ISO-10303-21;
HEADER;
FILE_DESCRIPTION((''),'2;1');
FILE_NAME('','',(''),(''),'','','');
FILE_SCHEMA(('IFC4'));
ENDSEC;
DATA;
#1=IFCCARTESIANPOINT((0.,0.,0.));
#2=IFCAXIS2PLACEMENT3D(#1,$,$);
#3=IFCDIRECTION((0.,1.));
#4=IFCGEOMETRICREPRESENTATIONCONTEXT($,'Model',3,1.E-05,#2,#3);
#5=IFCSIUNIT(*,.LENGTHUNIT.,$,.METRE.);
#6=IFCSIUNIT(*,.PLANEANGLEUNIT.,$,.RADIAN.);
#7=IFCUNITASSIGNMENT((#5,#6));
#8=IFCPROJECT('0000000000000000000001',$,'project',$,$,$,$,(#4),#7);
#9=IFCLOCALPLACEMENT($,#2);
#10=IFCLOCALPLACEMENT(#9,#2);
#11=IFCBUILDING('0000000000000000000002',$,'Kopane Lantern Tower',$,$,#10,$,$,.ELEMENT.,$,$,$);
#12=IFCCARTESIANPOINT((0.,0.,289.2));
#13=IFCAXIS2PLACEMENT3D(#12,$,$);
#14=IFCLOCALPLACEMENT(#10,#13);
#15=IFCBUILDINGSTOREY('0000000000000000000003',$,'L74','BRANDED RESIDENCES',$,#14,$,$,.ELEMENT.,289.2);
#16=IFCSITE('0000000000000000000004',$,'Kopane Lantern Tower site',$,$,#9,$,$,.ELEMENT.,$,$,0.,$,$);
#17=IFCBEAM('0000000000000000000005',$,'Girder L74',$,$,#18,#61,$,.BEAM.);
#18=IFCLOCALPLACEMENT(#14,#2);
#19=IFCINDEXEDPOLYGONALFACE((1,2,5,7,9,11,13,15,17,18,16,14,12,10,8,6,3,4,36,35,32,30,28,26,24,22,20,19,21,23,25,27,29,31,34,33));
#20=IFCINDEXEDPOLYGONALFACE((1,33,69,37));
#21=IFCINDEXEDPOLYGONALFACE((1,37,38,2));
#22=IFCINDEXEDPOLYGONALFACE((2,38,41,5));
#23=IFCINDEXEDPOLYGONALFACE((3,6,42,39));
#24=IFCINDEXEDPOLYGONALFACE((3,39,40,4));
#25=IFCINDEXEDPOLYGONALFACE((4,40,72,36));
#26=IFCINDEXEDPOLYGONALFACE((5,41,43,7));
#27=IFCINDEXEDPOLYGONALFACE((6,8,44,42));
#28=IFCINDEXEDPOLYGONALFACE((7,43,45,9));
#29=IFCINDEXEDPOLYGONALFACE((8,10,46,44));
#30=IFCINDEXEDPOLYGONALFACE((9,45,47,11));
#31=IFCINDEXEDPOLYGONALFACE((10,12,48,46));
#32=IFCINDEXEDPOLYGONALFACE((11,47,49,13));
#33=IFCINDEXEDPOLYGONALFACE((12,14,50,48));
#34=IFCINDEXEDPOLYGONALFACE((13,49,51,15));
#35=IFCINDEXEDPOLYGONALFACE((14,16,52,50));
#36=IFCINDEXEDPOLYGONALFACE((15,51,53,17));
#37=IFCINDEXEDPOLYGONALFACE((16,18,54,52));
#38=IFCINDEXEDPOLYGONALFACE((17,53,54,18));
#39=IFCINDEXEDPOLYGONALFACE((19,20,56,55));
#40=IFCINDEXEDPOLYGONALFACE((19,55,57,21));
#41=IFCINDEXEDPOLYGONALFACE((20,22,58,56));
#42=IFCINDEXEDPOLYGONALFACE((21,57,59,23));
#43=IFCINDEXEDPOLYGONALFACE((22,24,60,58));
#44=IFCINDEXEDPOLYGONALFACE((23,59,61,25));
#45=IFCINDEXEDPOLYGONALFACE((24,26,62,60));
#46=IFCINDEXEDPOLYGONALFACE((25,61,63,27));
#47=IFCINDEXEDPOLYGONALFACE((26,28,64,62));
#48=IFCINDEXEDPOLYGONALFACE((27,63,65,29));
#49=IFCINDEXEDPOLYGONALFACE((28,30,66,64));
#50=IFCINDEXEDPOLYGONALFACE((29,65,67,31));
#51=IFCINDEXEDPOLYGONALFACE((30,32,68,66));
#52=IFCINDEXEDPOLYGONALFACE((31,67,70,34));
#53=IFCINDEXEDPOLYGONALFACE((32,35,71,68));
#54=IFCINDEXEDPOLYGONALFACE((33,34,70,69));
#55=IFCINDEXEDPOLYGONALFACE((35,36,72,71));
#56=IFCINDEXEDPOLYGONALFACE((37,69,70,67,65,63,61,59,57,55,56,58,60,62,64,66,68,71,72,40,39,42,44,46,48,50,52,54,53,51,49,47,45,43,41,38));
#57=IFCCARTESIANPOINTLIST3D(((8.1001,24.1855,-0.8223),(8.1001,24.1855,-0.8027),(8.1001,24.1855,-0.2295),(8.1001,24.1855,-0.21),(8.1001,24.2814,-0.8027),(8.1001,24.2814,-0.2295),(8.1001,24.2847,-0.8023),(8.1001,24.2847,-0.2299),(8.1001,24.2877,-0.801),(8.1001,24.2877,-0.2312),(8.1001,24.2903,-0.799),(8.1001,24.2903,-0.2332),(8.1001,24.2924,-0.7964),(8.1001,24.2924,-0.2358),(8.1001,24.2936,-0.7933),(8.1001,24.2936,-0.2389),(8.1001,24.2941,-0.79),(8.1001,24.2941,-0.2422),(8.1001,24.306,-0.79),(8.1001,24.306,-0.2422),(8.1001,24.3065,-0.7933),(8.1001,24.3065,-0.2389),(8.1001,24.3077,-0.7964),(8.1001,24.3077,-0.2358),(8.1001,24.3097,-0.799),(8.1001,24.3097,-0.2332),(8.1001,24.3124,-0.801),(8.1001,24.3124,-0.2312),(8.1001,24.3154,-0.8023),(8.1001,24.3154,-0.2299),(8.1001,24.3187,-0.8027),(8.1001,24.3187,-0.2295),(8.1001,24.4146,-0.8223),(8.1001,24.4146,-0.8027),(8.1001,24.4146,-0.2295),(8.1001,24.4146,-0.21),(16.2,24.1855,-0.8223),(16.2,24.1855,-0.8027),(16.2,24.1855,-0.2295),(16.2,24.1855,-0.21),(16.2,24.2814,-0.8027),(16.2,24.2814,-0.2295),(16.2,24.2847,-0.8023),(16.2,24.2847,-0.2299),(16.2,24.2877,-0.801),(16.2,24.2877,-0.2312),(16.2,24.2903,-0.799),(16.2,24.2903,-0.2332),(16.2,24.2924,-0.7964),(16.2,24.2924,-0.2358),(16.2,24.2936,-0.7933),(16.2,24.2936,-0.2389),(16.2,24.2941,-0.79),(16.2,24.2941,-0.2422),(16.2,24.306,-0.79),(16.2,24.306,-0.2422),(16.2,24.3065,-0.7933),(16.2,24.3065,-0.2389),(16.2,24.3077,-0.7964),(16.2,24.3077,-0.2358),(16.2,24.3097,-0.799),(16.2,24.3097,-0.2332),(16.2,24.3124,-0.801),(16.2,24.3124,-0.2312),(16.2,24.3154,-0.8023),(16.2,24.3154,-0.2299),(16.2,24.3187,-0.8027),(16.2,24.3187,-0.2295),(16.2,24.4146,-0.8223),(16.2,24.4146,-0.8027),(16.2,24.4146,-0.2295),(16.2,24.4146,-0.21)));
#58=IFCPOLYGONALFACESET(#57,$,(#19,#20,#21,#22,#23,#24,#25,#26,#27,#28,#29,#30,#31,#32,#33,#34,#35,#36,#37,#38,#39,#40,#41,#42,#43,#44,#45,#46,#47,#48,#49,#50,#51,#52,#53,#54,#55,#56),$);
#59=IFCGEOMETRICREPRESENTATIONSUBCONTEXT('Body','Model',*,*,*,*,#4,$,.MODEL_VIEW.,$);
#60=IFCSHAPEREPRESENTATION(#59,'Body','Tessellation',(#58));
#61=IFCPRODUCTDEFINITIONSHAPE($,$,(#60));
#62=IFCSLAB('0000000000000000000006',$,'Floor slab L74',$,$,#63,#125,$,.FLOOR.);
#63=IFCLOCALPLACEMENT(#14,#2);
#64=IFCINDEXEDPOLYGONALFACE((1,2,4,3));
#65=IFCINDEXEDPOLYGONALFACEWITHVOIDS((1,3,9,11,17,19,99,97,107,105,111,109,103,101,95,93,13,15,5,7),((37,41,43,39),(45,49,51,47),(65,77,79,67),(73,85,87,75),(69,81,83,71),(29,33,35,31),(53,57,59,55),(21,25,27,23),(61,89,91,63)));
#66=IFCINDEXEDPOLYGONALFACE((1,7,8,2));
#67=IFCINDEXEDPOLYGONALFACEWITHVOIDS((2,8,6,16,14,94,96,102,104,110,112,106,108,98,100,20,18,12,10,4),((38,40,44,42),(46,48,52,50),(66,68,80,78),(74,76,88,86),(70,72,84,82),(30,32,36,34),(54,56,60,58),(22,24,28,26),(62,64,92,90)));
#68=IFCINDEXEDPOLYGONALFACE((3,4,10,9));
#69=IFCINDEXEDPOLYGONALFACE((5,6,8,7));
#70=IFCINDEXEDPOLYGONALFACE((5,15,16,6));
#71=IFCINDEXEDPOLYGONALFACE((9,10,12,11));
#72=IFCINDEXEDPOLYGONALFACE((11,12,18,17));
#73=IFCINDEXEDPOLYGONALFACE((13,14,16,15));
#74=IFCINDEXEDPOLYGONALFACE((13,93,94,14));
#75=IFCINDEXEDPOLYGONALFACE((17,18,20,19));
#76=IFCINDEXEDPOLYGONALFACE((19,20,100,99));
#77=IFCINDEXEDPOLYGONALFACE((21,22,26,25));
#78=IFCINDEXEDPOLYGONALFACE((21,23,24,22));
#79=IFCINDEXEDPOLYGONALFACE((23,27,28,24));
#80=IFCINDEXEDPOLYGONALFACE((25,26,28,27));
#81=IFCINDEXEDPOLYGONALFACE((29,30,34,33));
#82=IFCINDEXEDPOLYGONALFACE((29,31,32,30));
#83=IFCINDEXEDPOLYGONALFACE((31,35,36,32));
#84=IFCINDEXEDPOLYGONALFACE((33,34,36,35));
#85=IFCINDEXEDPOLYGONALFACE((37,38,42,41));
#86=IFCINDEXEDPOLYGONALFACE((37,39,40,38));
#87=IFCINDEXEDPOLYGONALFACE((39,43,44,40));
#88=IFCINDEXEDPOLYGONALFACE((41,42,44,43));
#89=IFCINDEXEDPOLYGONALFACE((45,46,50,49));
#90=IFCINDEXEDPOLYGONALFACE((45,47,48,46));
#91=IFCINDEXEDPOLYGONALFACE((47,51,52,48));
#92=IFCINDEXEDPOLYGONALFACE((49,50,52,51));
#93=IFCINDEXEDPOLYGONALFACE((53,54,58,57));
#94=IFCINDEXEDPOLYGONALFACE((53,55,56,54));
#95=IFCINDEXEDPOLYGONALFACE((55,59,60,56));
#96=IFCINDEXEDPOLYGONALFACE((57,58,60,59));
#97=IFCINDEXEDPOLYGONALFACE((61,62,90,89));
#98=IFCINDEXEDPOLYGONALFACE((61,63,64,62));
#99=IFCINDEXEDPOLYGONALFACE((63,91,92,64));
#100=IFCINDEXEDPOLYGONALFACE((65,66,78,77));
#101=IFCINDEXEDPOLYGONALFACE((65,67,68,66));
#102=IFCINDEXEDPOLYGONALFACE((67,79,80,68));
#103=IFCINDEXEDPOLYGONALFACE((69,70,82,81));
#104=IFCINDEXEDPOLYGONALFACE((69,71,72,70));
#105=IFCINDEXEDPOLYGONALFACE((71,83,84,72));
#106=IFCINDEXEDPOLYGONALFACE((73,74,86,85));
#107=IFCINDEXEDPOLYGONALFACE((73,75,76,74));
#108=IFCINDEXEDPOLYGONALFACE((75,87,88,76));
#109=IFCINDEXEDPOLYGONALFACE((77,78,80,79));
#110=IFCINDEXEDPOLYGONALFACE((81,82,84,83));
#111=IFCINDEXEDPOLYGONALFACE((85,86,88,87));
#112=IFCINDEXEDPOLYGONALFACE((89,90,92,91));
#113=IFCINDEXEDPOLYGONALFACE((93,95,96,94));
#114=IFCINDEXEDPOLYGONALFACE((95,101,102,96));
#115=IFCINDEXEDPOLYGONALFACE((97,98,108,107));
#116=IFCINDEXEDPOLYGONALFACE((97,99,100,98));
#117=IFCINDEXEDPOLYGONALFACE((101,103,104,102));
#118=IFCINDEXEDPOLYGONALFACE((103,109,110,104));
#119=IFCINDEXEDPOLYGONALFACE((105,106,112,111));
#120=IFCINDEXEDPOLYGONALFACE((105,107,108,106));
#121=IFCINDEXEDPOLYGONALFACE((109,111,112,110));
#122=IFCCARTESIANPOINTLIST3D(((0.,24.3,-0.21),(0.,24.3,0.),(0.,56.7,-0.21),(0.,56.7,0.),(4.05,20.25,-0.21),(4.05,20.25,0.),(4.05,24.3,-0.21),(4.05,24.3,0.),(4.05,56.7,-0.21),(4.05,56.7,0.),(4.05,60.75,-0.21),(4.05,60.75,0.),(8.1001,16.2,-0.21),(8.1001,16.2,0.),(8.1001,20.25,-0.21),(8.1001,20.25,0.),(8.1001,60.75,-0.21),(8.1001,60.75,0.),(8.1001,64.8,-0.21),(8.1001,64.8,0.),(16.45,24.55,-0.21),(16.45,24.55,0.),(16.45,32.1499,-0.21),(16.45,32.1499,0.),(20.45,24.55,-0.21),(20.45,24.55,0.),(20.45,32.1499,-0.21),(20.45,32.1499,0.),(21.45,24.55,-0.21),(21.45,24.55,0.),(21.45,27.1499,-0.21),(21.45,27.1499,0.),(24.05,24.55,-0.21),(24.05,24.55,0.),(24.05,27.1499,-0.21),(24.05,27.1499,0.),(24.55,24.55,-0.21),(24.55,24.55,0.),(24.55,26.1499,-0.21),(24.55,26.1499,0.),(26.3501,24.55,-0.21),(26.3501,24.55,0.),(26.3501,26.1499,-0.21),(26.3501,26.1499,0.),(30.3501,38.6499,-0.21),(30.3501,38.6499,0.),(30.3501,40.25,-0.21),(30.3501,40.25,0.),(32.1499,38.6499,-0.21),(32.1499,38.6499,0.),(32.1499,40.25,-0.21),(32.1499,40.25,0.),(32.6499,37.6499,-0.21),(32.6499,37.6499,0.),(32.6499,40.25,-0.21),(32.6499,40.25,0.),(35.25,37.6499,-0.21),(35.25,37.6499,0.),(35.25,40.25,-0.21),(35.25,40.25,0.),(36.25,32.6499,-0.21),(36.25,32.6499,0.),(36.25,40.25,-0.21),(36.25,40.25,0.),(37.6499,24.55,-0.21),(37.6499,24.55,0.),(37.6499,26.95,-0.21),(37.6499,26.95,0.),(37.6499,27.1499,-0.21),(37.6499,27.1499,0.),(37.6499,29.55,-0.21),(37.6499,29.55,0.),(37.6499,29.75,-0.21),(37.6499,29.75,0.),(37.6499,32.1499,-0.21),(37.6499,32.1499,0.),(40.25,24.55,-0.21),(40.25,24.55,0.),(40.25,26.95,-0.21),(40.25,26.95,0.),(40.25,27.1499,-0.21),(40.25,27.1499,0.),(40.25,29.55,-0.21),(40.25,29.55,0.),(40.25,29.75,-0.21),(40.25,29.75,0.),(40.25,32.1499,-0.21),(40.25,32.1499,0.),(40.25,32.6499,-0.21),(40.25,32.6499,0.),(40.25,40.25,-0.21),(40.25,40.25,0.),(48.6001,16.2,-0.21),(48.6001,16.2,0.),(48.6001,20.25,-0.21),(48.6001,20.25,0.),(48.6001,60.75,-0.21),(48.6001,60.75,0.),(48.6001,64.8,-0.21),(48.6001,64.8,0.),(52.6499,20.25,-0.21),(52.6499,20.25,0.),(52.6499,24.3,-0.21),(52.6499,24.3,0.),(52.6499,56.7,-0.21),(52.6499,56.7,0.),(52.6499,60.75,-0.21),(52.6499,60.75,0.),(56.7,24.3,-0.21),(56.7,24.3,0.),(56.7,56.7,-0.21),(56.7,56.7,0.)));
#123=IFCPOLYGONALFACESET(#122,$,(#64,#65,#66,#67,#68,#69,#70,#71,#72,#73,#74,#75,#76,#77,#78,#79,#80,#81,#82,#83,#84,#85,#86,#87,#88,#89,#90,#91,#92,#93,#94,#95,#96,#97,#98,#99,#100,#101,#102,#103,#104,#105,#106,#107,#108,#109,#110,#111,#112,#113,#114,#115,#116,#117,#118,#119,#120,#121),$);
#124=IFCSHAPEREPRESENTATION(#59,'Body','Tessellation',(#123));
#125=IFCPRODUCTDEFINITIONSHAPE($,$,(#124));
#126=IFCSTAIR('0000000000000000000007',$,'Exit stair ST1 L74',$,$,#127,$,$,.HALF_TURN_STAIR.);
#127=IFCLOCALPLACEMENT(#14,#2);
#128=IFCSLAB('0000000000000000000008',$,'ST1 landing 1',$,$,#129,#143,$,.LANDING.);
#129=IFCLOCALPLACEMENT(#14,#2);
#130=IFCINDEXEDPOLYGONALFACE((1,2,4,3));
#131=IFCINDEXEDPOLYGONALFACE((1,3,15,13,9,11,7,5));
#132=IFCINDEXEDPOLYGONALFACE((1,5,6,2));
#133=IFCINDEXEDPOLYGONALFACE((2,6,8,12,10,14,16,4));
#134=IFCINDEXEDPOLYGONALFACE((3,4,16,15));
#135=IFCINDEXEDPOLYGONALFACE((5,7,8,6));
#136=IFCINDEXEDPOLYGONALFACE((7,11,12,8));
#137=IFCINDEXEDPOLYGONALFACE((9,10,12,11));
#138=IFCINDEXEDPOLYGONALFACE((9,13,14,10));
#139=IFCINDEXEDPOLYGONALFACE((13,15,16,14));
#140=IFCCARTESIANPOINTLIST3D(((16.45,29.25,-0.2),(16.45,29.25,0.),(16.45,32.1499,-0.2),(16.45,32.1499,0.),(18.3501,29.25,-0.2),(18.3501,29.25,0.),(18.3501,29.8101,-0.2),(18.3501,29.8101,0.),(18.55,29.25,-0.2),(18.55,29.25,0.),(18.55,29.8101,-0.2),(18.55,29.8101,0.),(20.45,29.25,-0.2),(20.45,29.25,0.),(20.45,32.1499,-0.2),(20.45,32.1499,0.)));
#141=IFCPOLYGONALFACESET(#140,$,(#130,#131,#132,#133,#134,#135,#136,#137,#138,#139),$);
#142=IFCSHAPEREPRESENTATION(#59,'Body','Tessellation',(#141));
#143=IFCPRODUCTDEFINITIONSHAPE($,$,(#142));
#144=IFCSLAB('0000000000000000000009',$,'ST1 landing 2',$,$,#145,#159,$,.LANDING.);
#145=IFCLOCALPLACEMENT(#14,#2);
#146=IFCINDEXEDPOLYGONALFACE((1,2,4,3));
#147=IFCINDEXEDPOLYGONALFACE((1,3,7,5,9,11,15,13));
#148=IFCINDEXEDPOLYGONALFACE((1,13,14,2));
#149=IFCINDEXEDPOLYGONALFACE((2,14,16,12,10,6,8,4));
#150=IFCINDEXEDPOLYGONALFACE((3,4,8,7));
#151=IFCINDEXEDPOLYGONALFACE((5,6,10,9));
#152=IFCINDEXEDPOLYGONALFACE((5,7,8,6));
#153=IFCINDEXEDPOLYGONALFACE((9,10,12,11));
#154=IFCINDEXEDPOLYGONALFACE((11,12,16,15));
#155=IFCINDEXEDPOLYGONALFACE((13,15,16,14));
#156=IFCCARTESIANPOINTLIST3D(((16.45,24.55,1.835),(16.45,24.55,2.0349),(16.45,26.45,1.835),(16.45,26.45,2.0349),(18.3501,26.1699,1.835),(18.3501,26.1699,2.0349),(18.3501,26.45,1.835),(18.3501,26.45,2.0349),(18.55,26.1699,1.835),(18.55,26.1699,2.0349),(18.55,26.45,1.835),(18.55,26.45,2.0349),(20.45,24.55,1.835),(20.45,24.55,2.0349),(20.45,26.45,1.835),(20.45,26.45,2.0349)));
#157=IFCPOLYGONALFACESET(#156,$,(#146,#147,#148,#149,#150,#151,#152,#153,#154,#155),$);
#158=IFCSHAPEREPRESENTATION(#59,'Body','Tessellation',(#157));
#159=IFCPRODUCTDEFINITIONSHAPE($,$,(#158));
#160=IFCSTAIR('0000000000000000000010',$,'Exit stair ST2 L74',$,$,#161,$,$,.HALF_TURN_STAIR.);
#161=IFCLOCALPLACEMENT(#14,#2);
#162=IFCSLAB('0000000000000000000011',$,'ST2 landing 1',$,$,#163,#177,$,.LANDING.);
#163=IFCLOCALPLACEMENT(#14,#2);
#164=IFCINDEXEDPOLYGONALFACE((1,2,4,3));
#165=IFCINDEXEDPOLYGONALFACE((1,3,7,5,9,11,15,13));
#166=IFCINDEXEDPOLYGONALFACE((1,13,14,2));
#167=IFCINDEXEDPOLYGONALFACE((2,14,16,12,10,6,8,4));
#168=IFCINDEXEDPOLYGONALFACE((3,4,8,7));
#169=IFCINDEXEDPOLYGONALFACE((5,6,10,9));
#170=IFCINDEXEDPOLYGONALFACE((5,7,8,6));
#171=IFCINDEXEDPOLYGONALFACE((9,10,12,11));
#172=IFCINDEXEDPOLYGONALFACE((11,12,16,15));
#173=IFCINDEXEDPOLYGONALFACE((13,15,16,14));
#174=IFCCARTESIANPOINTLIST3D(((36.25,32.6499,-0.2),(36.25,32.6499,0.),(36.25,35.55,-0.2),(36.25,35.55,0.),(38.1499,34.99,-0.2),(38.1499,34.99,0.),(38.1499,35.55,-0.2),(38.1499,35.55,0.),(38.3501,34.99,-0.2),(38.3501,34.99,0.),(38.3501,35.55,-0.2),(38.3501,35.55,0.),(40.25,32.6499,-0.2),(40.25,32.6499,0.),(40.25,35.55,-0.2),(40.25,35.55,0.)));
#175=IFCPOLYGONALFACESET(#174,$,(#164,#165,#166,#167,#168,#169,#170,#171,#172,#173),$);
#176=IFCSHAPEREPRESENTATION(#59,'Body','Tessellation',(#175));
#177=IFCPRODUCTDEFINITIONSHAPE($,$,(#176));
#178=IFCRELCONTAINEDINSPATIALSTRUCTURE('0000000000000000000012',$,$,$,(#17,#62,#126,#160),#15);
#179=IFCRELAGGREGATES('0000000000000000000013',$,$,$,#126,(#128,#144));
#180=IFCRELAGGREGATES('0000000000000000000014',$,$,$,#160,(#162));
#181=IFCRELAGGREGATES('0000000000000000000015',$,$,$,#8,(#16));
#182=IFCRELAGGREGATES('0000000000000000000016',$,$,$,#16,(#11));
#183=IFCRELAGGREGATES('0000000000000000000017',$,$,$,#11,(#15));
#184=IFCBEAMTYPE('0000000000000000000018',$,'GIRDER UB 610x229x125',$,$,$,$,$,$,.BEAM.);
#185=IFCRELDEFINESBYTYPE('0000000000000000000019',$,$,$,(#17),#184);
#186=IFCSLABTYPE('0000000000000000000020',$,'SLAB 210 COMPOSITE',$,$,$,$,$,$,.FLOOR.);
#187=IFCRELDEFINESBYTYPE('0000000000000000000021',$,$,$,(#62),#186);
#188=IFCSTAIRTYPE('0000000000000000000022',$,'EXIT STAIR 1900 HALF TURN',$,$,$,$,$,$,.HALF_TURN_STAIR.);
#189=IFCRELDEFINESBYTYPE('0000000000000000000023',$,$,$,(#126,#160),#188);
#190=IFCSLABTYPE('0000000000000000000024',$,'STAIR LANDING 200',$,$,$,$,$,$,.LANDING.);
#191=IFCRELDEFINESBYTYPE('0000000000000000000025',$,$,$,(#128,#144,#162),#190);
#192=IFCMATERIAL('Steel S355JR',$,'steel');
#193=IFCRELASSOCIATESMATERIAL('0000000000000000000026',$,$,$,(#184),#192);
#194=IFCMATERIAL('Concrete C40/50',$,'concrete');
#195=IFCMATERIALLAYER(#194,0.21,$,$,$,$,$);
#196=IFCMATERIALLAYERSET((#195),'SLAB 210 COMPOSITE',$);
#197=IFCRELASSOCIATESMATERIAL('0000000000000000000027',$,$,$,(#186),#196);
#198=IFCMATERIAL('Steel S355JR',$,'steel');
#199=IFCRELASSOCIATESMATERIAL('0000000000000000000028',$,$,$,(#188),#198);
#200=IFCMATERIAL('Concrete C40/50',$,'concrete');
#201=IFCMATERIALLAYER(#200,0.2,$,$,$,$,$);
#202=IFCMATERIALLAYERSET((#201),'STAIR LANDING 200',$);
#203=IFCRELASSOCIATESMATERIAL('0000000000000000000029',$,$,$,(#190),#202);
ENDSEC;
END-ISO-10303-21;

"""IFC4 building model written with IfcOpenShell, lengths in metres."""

from ifc_helpers import new_model, si_unit, direction, frame, origin, origin_2d, place, context, subcontext, project, spatial, polyline, i_section, outline, extrude, material, layer, layer_set, material_profile, profile_set, type_object, element, aggregate, save


model = new_model("IFC4")

# Units and contexts
model_context = context("Model", 3, precision=1e-05, world=origin(), true_north=direction((0.0, 1.0)))
body_context = subcontext(model_context, "Body", "Model", "MODEL_VIEW")
ifc_project = project(units=[si_unit("LENGTHUNIT", "METRE"), si_unit("PLANEANGLEUNIT", "RADIAN")], contexts=[model_context])

# Site, building, storey
site_placement = place(None, origin())
site = spatial("IfcSite", under=ifc_project, at=site_placement, Name="Kopane Lantern Tower site", CompositionType="ELEMENT", RefElevation=0.0)
building_placement = place(site_placement, origin())
building = spatial("IfcBuilding", under=site, at=building_placement, Name="Kopane Lantern Tower", CompositionType="ELEMENT")
storey_placement = place(building_placement, frame((0.0, 0.0, 289.2)))
storey = spatial("IfcBuildingStorey", under=building, at=storey_placement, Name="L74", Description="BRANDED RESIDENCES", CompositionType="ELEMENT", Elevation=289.2)

# Beam
ifc_material_1 = material(Name="Steel S355JR", Category="steel")
ifc_material_profile_1 = material_profile(ifc_material_1, i_section(OverallWidth=0.229, OverallDepth=0.6123, WebThickness=0.012, FlangeThickness=0.0195, FilletRadius=0.0127, at=origin_2d()), Name="UB 610x229x125")
ifc_profile_set_1 = profile_set([ifc_material_profile_1], Name="Steel S355JR")
beam_type_1 = type_object("IfcBeamType", Name="GIRDER UB 610x229x125", PredefinedType="BEAM", material=ifc_profile_set_1)
for number, where, z_axis, x_axis, name in (
    (1, (8.1001, 24.3, -0.5161), (1.0, 0.0, 0.0), (0.0, 1.0, 0.0), "Girder L74"),
):
    element("IfcBeam", number, at=place(storey_placement, frame(where, z_axis=z_axis, x_axis=x_axis)), inside=storey, type_object=beam_type_1, Name=name, PredefinedType="BEAM", context=body_context, shape_type="SweptSolid", body=[
        extrude(i_section(OverallWidth=0.229, OverallDepth=0.6123, WebThickness=0.012, FlangeThickness=0.0195, FilletRadius=0.0127, at=origin_2d()), origin(), (0.0, 0.0, 1.0), 8.0999),
    ])

# Slab
ifc_material_2 = material(Name="Concrete C40/50", Category="concrete")
ifc_layer_1 = layer(ifc_material_2, 0.21)
ifc_layer_set_1 = layer_set([ifc_layer_1], Name="SLAB 210 COMPOSITE")
slab_type_1 = type_object("IfcSlabType", Name="SLAB 210 COMPOSITE", PredefinedType="FLOOR", material=ifc_layer_set_1)
slab_1_placement = place(storey_placement, frame((0.0, 0.0, -0.21)))
element("IfcSlab", 2, at=slab_1_placement, inside=storey, type_object=slab_type_1, Name="Floor slab L74", PredefinedType="FLOOR", context=body_context, shape_type="SweptSolid", body=[
    extrude(outline(polyline([(8.1001, 16.2), (48.6001, 16.2), (48.6001, 20.25), (52.6499, 20.25), (52.6499, 24.3), (56.7, 24.3), (56.7, 56.7), (52.6499, 56.7), (52.6499, 60.75), (48.6001, 60.75), (48.6001, 64.8), (8.1001, 64.8), (8.1001, 60.75), (4.05, 60.75), (4.05, 56.7), (0.0, 56.7), (0.0, 24.3), (4.05, 24.3), (4.05, 20.25), (8.1001, 20.25), (8.1001, 16.2)]), holes=[polyline([(16.45, 24.55), (20.45, 24.55), (20.45, 32.1499), (16.45, 32.1499), (16.45, 24.55)]), polyline([(36.25, 32.6499), (40.25, 32.6499), (40.25, 40.25), (36.25, 40.25), (36.25, 32.6499)]), polyline([(37.6499, 24.55), (40.25, 24.55), (40.25, 26.95), (37.6499, 26.95), (37.6499, 24.55)]), polyline([(37.6499, 27.1499), (40.25, 27.1499), (40.25, 29.55), (37.6499, 29.55), (37.6499, 27.1499)]), polyline([(37.6499, 29.75), (40.25, 29.75), (40.25, 32.1499), (37.6499, 32.1499), (37.6499, 29.75)]), polyline([(21.45, 24.55), (24.05, 24.55), (24.05, 27.1499), (21.45, 27.1499), (21.45, 24.55)]), polyline([(32.6499, 37.6499), (35.25, 37.6499), (35.25, 40.25), (32.6499, 40.25), (32.6499, 37.6499)]), polyline([(24.55, 24.55), (26.3501, 24.55), (26.3501, 26.1499), (24.55, 26.1499), (24.55, 24.55)]), polyline([(30.3501, 38.6499), (32.1499, 38.6499), (32.1499, 40.25), (30.3501, 40.25), (30.3501, 38.6499)])]), origin(), (0.0, 0.0, 1.0), 0.21),
])

# Stairs, slabs
ifc_material_3 = material(Name="Steel S355JR", Category="steel")
stair_type = type_object("IfcStairType", Name="EXIT STAIR 1900 HALF TURN", PredefinedType="HALF_TURN_STAIR", material=ifc_material_3)
stair_1_placement = place(storey_placement, origin())
stair_1 = element("IfcStair", 3, at=stair_1_placement, inside=storey, type_object=stair_type, Name="Exit stair ST1 L74", PredefinedType="HALF_TURN_STAIR")
ifc_material_4 = material(Name="Concrete C40/50", Category="concrete")
ifc_layer_2 = layer(ifc_material_4, 0.2)
ifc_layer_set_2 = layer_set([ifc_layer_2], Name="STAIR LANDING 200")
slab_type_2 = type_object("IfcSlabType", Name="STAIR LANDING 200", PredefinedType="LANDING", material=ifc_layer_set_2)
slab_2_placement = place(storey_placement, frame((0.0, 0.0, -0.2)))
slab_2 = element("IfcSlab", 4, at=slab_2_placement, type_object=slab_type_2, Name="ST1 landing 1", PredefinedType="LANDING", context=body_context, shape_type="SweptSolid", body=[
    extrude(outline(polyline([(18.3501, 29.8101), (18.55, 29.8101), (18.55, 29.25), (20.45, 29.25), (20.45, 32.1499), (16.45, 32.1499), (16.45, 29.25), (18.3501, 29.25), (18.3501, 29.8101)])), origin(), (0.0, 0.0, 1.0), 0.2),
])
slab_3_placement = place(storey_placement, frame((0.0, 0.0, 1.835)))
slab_3 = element("IfcSlab", 5, at=slab_3_placement, type_object=slab_type_2, Name="ST1 landing 2", PredefinedType="LANDING", context=body_context, shape_type="SweptSolid", body=[
    extrude(outline(polyline([(20.45, 26.45), (18.55, 26.45), (18.55, 26.1699), (18.3501, 26.1699), (18.3501, 26.45), (16.45, 26.45), (16.45, 24.55), (20.45, 24.55), (20.45, 26.45)])), origin(), (0.0, 0.0, 1.0), 0.2),
])
aggregate(stair_1, [slab_2, slab_3])
stair_2_placement = place(storey_placement, origin())
stair_2 = element("IfcStair", 6, at=stair_2_placement, inside=storey, type_object=stair_type, Name="Exit stair ST2 L74", PredefinedType="HALF_TURN_STAIR")
slab_4_placement = place(storey_placement, frame((0.0, 0.0, -0.2)))
slab_4 = element("IfcSlab", 7, at=slab_4_placement, type_object=slab_type_2, Name="ST2 landing 1", PredefinedType="LANDING", context=body_context, shape_type="SweptSolid", body=[
    extrude(outline(polyline([(40.25, 35.55), (38.3501, 35.55), (38.3501, 34.99), (38.1499, 34.99), (38.1499, 35.55), (36.25, 35.55), (36.25, 32.6499), (40.25, 32.6499), (40.25, 35.55)])), origin(), (0.0, 0.0, 1.0), 0.2),
])
aggregate(stair_2, [slab_4])

save(model, "model.ifc")
